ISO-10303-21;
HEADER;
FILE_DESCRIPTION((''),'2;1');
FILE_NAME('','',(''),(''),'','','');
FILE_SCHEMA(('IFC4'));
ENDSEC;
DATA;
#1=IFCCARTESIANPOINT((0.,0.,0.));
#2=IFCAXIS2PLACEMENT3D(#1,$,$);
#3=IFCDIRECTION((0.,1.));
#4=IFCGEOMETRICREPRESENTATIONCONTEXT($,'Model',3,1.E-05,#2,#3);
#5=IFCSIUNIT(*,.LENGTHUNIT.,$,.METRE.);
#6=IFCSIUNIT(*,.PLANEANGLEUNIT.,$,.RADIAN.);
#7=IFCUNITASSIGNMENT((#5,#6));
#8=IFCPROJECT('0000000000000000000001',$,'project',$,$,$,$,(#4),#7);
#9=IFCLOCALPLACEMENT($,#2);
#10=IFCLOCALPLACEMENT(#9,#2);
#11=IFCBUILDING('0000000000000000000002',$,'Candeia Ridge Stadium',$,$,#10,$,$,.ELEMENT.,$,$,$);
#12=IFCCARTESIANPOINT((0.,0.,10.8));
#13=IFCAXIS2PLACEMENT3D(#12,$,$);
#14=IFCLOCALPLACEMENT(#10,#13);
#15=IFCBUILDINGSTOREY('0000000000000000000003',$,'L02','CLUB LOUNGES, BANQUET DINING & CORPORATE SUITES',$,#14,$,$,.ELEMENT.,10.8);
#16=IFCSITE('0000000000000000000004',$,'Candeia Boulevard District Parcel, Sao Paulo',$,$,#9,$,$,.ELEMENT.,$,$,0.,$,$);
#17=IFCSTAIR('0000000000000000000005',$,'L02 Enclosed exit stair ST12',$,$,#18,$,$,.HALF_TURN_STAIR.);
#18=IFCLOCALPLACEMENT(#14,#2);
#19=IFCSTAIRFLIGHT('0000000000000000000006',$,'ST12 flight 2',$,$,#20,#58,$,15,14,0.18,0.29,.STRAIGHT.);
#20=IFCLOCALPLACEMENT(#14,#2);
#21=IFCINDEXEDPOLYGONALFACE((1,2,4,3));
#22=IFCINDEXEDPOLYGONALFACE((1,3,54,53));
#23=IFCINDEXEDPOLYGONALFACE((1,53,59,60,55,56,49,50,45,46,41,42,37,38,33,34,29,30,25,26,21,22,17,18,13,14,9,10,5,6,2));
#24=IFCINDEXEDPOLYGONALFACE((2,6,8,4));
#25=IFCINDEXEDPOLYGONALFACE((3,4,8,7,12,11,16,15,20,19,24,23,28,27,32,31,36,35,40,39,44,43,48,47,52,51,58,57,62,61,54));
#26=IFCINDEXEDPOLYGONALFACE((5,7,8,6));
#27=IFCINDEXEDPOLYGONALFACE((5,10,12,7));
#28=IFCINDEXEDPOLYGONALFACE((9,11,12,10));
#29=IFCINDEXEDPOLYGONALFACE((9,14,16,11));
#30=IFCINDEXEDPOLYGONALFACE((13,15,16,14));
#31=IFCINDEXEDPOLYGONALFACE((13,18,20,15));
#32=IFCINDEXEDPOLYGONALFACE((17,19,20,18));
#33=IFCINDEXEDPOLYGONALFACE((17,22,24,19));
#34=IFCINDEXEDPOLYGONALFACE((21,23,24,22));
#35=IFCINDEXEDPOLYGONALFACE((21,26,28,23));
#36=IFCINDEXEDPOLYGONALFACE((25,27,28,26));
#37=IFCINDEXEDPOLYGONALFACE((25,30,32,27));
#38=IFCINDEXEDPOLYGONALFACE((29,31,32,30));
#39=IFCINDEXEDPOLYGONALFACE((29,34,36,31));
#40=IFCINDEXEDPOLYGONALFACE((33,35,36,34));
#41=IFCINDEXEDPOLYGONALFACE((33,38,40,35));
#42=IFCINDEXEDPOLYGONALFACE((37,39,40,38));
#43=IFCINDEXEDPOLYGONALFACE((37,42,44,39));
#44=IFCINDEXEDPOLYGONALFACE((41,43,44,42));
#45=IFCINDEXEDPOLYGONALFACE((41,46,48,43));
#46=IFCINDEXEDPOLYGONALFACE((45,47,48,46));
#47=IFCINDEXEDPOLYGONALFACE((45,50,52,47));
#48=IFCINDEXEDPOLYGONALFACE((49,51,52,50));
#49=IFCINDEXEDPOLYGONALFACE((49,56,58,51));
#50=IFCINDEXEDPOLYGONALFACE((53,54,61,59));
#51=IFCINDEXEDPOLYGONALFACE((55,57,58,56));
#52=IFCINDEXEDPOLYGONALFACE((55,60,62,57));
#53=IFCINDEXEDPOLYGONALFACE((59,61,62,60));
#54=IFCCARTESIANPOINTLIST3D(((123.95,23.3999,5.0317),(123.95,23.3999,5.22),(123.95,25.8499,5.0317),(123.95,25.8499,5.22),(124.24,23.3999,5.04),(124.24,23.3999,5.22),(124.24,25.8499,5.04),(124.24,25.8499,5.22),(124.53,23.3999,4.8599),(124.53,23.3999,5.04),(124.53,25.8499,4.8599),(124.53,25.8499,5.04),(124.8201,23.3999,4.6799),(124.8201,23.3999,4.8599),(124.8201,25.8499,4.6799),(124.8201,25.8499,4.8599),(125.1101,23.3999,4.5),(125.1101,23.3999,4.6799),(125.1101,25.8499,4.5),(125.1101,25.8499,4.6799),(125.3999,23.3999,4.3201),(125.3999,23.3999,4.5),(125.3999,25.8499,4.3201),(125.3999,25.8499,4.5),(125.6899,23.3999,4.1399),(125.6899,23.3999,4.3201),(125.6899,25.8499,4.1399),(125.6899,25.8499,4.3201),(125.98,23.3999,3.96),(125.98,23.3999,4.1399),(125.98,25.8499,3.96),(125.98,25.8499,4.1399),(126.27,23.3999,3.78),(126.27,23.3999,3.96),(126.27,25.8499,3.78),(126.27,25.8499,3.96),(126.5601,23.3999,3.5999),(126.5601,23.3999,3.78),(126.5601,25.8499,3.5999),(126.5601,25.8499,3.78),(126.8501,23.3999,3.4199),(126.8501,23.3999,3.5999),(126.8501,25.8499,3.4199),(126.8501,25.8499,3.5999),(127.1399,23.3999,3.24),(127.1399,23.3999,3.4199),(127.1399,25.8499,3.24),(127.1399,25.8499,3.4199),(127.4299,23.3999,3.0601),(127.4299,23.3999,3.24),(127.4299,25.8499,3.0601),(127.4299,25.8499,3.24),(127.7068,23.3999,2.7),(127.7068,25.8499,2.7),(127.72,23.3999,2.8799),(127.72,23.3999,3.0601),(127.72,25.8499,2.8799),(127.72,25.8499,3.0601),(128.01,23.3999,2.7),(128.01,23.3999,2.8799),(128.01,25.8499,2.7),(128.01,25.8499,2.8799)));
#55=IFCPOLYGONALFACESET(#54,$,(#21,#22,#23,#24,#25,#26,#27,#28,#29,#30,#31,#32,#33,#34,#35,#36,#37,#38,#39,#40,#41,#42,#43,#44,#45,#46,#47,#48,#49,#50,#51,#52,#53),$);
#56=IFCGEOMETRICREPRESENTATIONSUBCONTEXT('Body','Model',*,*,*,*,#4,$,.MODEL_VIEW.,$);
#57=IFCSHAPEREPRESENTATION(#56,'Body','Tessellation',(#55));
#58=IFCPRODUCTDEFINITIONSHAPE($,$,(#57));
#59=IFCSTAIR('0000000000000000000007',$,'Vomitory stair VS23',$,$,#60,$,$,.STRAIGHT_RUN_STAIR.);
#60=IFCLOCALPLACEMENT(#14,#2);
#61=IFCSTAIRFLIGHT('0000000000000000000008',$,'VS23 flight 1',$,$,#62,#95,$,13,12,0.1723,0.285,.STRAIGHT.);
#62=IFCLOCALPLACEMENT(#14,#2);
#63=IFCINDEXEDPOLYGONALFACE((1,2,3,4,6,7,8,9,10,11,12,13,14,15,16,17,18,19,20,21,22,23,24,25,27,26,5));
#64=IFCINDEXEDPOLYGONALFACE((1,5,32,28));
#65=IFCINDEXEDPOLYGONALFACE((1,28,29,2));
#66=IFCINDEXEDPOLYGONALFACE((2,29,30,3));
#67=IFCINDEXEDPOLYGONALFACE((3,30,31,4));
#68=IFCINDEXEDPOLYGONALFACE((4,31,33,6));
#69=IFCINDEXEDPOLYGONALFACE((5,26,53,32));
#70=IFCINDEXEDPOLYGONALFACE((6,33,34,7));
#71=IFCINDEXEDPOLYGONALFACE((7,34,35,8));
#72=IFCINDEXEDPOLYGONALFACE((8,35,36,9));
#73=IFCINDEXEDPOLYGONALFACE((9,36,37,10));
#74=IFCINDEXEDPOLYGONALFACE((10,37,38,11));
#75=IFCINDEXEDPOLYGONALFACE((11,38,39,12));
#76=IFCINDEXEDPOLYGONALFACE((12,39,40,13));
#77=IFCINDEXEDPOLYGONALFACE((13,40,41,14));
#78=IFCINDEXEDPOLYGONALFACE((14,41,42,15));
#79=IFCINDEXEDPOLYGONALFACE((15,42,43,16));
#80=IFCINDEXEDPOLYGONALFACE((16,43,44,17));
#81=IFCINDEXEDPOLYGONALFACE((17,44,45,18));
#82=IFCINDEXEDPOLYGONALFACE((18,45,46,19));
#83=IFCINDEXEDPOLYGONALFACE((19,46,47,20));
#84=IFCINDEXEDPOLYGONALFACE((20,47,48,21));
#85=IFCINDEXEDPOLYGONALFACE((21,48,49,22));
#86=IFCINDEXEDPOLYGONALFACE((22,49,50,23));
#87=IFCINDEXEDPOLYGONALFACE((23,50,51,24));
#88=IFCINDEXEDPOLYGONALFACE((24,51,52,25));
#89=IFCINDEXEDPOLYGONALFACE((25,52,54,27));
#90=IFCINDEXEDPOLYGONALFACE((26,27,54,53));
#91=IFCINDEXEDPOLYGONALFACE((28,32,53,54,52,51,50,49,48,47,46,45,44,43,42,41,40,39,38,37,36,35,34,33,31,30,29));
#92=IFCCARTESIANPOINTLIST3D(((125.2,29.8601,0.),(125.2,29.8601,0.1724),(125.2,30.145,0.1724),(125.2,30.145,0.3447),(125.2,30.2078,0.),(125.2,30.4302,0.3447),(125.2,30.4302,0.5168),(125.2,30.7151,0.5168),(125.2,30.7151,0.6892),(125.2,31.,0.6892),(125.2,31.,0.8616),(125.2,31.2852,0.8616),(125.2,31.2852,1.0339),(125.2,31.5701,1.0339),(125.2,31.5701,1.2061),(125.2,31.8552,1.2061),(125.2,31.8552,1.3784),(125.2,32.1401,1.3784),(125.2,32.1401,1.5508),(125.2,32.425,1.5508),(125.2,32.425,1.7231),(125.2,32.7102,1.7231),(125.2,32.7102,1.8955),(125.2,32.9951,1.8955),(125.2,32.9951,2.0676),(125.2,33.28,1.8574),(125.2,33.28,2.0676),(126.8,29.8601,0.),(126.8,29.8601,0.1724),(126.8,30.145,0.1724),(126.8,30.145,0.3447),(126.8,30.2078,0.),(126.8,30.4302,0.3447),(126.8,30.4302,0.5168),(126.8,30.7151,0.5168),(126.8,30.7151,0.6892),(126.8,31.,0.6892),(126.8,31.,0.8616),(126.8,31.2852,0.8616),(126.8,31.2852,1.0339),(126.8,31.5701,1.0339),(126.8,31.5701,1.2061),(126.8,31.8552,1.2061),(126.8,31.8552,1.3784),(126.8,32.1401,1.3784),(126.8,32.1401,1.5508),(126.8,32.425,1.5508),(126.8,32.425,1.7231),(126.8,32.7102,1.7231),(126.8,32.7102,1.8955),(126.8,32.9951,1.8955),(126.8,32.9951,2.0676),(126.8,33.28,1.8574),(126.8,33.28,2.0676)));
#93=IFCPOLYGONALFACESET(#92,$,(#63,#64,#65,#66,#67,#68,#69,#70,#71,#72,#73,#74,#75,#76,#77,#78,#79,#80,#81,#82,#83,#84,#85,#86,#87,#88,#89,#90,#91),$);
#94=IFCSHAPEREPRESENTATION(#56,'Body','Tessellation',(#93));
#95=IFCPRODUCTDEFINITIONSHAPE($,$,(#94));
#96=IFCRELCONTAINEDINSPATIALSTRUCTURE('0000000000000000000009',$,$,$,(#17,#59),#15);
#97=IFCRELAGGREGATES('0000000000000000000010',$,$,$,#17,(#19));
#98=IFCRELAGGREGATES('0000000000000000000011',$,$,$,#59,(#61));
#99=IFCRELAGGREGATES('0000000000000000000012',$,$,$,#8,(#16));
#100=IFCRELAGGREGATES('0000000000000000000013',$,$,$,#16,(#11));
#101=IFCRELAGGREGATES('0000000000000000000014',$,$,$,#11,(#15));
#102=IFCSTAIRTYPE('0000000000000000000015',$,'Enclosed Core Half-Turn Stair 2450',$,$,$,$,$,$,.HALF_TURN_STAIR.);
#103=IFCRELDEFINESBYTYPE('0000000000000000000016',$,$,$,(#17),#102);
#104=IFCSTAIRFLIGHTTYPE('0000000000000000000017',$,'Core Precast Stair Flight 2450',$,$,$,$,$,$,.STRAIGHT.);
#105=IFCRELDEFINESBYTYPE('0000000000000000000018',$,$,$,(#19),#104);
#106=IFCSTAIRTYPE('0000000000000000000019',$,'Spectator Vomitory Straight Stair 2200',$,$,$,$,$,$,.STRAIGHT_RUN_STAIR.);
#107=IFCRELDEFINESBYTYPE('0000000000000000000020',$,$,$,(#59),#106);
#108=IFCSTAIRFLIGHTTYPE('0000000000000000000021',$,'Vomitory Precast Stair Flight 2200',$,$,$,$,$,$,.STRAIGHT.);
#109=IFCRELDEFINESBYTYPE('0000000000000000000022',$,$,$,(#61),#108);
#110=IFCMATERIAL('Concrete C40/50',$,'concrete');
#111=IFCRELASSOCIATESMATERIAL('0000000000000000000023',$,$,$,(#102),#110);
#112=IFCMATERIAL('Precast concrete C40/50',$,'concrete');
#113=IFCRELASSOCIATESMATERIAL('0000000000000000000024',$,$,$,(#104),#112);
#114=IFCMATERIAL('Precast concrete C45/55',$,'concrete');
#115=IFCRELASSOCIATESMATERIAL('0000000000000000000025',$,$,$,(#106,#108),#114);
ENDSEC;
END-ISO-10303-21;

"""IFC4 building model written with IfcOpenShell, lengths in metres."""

from ifc_helpers import new_model, si_unit, direction, frame, origin, place, context, subcontext, project, spatial, polyline, outline, extrude, material, type_object, element, aggregate, save


model = new_model("IFC4")

# Units and contexts
model_context = context("Model", 3, precision=1e-05, world=origin(), true_north=direction((0.0, 1.0)))
body_context = subcontext(model_context, "Body", "Model", "MODEL_VIEW")
ifc_project = project(units=[si_unit("LENGTHUNIT", "METRE"), si_unit("PLANEANGLEUNIT", "RADIAN")], contexts=[model_context])

# Site, building, storey
site_placement = place(None, origin())
site = spatial("IfcSite", under=ifc_project, at=site_placement, Name="Candeia Boulevard District Parcel, Sao Paulo", CompositionType="ELEMENT", RefElevation=0.0)
building_placement = place(site_placement, origin())
building = spatial("IfcBuilding", under=site, at=building_placement, Name="Candeia Ridge Stadium", CompositionType="ELEMENT")
storey_placement = place(building_placement, frame((0.0, 0.0, 10.8)))
storey = spatial("IfcBuildingStorey", under=building, at=storey_placement, Name="L02", Description="CLUB LOUNGES, BANQUET DINING & CORPORATE SUITES", CompositionType="ELEMENT", Elevation=10.8)

# Shared definitions
ifc_material_1 = material(Name="Concrete C40/50", Category="concrete")

# Stair, stair flight
stair_type_1 = type_object("IfcStairType", Name="Enclosed Core Half-Turn Stair 2450", PredefinedType="HALF_TURN_STAIR", material=ifc_material_1)
stair_1_placement = place(storey_placement, origin())
stair_1 = element("IfcStair", 1, at=stair_1_placement, inside=storey, type_object=stair_type_1, Name="L02 Enclosed exit stair ST12", PredefinedType="HALF_TURN_STAIR")
ifc_material_2 = material(Name="Precast concrete C40/50", Category="concrete")
stair_flight_type_1 = type_object("IfcStairFlightType", Name="Core Precast Stair Flight 2450", PredefinedType="STRAIGHT", material=ifc_material_2)
stair_flight_1_placement = place(storey_placement, frame((128.01, 24.625, 2.7), z_axis=(0.0, 0.0, 1.0), x_axis=(-1.0, 0.0, 0.0)))
stair_flight_1 = element("IfcStairFlight", 2, at=stair_flight_1_placement, type_object=stair_flight_type_1, Name="ST12 flight 2", NumberOfRisers=15, NumberOfTreads=14, PredefinedType="STRAIGHT", RiserHeight=0.18, TreadLength=0.29, context=body_context, shape_type="SweptSolid", body=[
    extrude(outline(polyline([(0.0, 0.0), (0.0, 0.1799), (0.29, 0.1799), (0.29, 0.3601), (0.5801, 0.3601), (0.5801, 0.54), (0.8701, 0.54), (0.8701, 0.72), (1.1599, 0.72), (1.1599, 0.8999), (1.45, 0.8999), (1.45, 1.0801), (1.74, 1.0801), (1.74, 1.26), (2.03, 1.26), (2.03, 1.4399), (2.3201, 1.4399), (2.3201, 1.6201), (2.6101, 1.6201), (2.6101, 1.8), (2.8999, 1.8), (2.8999, 1.98), (3.1899, 1.98), (3.1899, 2.1599), (3.48, 2.1599), (3.48, 2.3401), (3.77, 2.3401), (3.77, 2.52), (4.0601, 2.52), (4.0601, 2.7), (4.0601, 2.3318), (0.3032, 0.0), (0.0, 0.0)])), frame((0.0, 1.2251, 0.0), z_axis=(0.0, -1.0, 0.0), x_axis=(1.0, 0.0, 0.0)), (0.0, 0.0, 1.0), 2.45),
])
aggregate(stair_1, [stair_flight_1])

# Stair, stair flight
ifc_material_3 = material(Name="Precast concrete C45/55", Category="concrete")
stair_type_2 = type_object("IfcStairType", Name="Spectator Vomitory Straight Stair 2200", PredefinedType="STRAIGHT_RUN_STAIR", material=ifc_material_3)
stair_2_placement = place(storey_placement, origin())
stair_2 = element("IfcStair", 3, at=stair_2_placement, inside=storey, type_object=stair_type_2, Name="Vomitory stair VS23", PredefinedType="STRAIGHT_RUN_STAIR")
stair_flight_type_2 = type_object("IfcStairFlightType", Name="Vomitory Precast Stair Flight 2200", PredefinedType="STRAIGHT", material=ifc_material_3)
stair_flight_2_placement = place(storey_placement, frame((126.0, 29.8601, 0.0), z_axis=(0.0, 0.0, 1.0), x_axis=(0.0, 1.0, 0.0)))
stair_flight_2 = element("IfcStairFlight", 4, at=stair_flight_2_placement, type_object=stair_flight_type_2, Name="VS23 flight 1", NumberOfRisers=13, NumberOfTreads=12, PredefinedType="STRAIGHT", RiserHeight=0.1723, TreadLength=0.285, context=body_context, shape_type="SweptSolid", body=[
    extrude(outline(polyline([(0.0, 0.0), (0.0, 0.1724), (0.2849, 0.1724), (0.2849, 0.3447), (0.5701, 0.3447), (0.5701, 0.5168), (0.855, 0.5168), (0.855, 0.6892), (1.1399, 0.6892), (1.1399, 0.8616), (1.425, 0.8616), (1.425, 1.0339), (1.71, 1.0339), (1.71, 1.2061), (1.9951, 1.2061), (1.9951, 1.3784), (2.28, 1.3784), (2.28, 1.5508), (2.5649, 1.5508), (2.5649, 1.7231), (2.8501, 1.7231), (2.8501, 1.8955), (3.135, 1.8955), (3.135, 2.0676), (3.4199, 2.0676), (3.4199, 2.24), (3.4199, 1.8574), (0.3477, 0.0), (0.0, 0.0)])), frame((0.0, 0.8, 0.0), z_axis=(0.0, -1.0, 0.0), x_axis=(1.0, 0.0, 0.0)), (0.0, 0.0, 1.0), 1.6001),
])
aggregate(stair_2, [stair_flight_2])

save(model, "model.ifc")
